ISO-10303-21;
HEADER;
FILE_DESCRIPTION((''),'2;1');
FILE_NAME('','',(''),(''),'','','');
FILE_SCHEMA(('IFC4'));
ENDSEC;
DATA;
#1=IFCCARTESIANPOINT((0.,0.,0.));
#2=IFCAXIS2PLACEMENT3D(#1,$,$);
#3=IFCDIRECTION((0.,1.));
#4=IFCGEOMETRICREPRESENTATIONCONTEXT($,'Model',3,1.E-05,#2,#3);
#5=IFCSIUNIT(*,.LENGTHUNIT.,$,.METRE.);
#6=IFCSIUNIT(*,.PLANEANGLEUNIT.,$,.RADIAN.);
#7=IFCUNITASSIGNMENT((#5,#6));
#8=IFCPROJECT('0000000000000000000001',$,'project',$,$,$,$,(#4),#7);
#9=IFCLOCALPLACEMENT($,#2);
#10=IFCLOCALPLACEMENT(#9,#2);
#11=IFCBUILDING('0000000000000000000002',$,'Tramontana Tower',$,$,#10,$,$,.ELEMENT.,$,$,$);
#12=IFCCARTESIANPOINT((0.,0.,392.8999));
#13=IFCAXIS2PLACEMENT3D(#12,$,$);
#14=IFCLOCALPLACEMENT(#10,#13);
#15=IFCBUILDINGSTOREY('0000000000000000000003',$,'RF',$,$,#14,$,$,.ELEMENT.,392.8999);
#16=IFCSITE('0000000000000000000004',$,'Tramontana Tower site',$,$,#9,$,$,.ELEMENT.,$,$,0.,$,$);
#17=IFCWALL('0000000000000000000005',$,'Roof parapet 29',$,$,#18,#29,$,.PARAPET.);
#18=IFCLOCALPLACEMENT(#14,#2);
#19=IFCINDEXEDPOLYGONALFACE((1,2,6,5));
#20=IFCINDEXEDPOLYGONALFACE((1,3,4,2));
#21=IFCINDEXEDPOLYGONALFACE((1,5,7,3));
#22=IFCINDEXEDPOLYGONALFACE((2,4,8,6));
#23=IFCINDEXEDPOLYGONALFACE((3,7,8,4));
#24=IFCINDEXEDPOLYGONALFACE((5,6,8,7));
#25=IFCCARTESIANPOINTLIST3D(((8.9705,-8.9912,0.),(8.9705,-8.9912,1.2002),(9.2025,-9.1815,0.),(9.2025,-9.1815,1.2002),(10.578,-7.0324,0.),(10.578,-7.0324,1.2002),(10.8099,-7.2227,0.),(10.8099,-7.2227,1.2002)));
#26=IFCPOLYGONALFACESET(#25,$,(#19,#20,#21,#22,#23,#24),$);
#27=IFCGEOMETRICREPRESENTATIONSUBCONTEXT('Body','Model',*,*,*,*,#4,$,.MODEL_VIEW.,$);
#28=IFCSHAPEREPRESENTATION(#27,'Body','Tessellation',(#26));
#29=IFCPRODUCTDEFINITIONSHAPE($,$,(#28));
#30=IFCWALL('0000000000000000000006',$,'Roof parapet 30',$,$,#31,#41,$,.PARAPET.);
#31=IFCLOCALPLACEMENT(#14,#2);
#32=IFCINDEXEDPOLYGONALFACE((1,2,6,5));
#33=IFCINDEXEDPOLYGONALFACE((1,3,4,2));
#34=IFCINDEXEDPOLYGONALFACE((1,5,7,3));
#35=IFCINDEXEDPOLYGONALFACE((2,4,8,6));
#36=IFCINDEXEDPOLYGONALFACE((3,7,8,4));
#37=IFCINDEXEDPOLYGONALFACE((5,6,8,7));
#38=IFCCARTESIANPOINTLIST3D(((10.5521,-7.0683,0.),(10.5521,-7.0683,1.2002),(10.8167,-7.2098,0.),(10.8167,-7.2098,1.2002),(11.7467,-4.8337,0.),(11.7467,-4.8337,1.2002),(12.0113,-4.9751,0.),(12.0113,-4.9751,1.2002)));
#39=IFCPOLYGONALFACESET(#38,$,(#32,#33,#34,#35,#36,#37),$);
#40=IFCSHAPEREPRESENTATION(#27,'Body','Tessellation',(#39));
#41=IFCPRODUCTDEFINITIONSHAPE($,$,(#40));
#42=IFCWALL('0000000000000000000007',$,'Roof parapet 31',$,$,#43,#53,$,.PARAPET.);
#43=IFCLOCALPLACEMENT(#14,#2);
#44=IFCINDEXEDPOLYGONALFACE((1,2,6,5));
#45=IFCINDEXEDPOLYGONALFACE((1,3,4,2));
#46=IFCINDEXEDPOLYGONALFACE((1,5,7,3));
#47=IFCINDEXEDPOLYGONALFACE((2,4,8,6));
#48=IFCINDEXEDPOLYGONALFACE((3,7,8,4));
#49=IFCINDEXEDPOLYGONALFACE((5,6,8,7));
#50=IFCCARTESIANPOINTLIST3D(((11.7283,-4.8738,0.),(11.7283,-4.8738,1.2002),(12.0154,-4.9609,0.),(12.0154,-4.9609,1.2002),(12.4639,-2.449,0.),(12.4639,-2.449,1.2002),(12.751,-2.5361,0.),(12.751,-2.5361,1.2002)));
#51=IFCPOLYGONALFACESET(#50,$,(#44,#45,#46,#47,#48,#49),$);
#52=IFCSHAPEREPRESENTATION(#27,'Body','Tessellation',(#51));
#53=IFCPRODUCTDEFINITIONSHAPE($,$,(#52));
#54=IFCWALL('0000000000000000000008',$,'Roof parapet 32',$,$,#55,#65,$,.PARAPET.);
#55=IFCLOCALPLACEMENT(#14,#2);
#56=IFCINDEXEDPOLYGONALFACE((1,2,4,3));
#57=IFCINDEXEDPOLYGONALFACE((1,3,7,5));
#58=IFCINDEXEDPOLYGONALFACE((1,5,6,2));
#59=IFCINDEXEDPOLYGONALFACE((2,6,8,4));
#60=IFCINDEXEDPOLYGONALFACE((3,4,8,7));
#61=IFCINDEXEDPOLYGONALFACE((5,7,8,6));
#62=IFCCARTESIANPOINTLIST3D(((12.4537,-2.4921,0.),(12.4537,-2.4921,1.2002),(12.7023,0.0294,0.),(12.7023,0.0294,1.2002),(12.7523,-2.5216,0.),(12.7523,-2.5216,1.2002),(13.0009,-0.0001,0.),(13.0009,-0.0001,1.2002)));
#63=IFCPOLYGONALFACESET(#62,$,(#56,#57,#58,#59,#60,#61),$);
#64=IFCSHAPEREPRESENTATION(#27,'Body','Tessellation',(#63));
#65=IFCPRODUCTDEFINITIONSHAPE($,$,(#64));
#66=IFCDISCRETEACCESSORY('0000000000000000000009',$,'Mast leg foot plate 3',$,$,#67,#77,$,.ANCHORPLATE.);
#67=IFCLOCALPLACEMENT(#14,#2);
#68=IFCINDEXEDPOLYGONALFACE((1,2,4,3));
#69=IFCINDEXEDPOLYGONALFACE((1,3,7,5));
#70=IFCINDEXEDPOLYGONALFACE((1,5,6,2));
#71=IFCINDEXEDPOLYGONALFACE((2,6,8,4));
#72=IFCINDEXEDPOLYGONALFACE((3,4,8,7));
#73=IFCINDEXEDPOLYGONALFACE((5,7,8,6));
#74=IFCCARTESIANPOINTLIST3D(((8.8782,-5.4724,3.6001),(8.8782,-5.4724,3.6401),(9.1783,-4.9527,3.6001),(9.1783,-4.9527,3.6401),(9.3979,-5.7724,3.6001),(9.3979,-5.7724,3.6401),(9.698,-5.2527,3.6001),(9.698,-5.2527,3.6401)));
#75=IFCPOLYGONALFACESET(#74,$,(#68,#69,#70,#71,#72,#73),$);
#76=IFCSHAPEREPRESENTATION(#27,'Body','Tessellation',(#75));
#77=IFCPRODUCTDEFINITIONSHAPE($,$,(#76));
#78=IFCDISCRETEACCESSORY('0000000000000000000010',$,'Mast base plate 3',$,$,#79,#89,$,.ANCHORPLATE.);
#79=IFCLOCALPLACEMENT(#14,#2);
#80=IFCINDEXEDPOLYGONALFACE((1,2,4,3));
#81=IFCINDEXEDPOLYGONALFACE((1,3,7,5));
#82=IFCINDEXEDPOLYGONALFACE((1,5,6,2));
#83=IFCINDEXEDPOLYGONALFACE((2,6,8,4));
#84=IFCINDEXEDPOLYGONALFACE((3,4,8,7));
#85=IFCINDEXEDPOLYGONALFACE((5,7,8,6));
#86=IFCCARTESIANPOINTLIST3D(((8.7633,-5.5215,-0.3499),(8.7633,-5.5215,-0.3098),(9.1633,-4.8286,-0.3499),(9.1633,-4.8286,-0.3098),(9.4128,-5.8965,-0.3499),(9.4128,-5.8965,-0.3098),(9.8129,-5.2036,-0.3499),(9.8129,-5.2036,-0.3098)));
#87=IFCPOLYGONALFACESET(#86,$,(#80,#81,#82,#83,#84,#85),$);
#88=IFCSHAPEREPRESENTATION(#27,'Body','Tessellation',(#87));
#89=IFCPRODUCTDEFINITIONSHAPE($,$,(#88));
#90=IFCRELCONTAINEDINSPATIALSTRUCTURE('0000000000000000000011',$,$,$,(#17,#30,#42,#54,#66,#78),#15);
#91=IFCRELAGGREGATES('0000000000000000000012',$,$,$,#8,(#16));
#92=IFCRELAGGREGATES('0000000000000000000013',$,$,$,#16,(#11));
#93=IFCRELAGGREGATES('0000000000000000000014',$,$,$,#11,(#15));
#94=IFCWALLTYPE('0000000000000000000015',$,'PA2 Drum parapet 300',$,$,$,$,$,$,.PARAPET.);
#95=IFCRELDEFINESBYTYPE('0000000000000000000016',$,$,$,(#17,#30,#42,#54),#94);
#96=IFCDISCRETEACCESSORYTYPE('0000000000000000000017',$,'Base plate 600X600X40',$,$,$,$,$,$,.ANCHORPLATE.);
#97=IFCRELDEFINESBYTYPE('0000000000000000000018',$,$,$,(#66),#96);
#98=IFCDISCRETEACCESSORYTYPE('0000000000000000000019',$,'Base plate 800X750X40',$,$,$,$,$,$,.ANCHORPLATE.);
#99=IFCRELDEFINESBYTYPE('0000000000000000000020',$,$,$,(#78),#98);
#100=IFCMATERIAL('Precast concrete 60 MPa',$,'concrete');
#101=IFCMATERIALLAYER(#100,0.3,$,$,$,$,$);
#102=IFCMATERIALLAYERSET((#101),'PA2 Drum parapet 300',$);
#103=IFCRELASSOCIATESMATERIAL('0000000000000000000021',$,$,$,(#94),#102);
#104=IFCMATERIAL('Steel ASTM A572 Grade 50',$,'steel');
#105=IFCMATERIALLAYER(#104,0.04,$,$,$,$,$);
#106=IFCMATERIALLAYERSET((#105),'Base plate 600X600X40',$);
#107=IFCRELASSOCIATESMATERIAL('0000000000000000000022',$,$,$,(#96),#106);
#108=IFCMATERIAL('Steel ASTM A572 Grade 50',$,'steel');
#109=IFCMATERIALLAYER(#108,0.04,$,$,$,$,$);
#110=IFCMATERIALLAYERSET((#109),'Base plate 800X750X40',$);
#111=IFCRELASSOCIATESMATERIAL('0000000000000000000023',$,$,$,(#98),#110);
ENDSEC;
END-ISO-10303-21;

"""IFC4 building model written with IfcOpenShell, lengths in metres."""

from ifc_helpers import new_model, si_unit, direction, frame, frame_2d, origin, origin_2d, place, context, subcontext, project, spatial, rectangle, extrude, material, layer, layer_set, type_object, element, save


model = new_model("IFC4")

# Units and contexts
model_context = context("Model", 3, precision=1e-05, world=origin(), true_north=direction((0.0, 1.0)))
body_context = subcontext(model_context, "Body", "Model", "MODEL_VIEW")
ifc_project = project(units=[si_unit("LENGTHUNIT", "METRE"), si_unit("PLANEANGLEUNIT", "RADIAN")], contexts=[model_context])

# Site, building, storey
site_placement = place(None, origin())
site = spatial("IfcSite", under=ifc_project, at=site_placement, Name="Tramontana Tower site", CompositionType="ELEMENT", RefElevation=0.0)
building_placement = place(site_placement, origin())
building = spatial("IfcBuilding", under=site, at=building_placement, Name="Tramontana Tower", CompositionType="ELEMENT")
storey_placement = place(building_placement, frame((0.0, 0.0, 392.8999)))
storey = spatial("IfcBuildingStorey", under=building, at=storey_placement, Name="RF", CompositionType="ELEMENT", Elevation=392.8999)

# Walls
ifc_material_1 = material(Name="Precast concrete 60 MPa", Category="concrete")
ifc_layer_1 = layer(ifc_material_1, 0.3)
ifc_layer_set_1 = layer_set([ifc_layer_1], Name="PA2 Drum parapet 300")
wall_type_1 = type_object("IfcWallType", Name="PA2 Drum parapet 300", PredefinedType="PARAPET", material=ifc_layer_set_1)
for number, where, z_axis, x_axis, name in (
    (1, (9.0864, -9.0864, 0.0), (0.0, 0.0, 1.0), (0.634376, 0.773025, 0.0), "Roof parapet 29"),
    (2, (10.6843, -7.1392, 0.0), (0.0, 0.0, 1.0), (0.471443, 0.881896, 0.0), "Roof parapet 30"),
    (3, (11.8718, -4.9175, 0.0), (0.0, 0.0, 1.0), (0.290299, 0.956936, 0.0), "Roof parapet 31"),
):
    element("IfcWall", number, at=place(storey_placement, frame(where, z_axis=z_axis, x_axis=x_axis)), inside=storey, type_object=wall_type_1, Name=name, PredefinedType="PARAPET", context=body_context, shape_type="SweptSolid", body=[
        extrude(rectangle(XDim=2.5339, YDim=0.3, at=frame_2d((1.2671, 0.0))), origin(), (0.0, 0.0, 1.0), 1.2002),
    ])
wall_1_placement = place(storey_placement, frame((12.603, -2.5068, 0.0), z_axis=(0.0, 0.0, 1.0), x_axis=(0.098092, 0.995177, 0.0)))
element("IfcWall", 4, at=wall_1_placement, inside=storey, type_object=wall_type_1, Name="Roof parapet 32", PredefinedType="PARAPET", context=body_context, shape_type="SweptSolid", body=[
    extrude(rectangle(XDim=2.5337, YDim=0.3, at=frame_2d((1.2668, 0.0))), origin(), (0.0, 0.0, 1.0), 1.2002),
])

# Discrete accessories
ifc_material_2 = material(Name="Steel ASTM A572 Grade 50", Category="steel")
ifc_layer_2 = layer(ifc_material_2, 0.04)
ifc_layer_set_2 = layer_set([ifc_layer_2], Name="Base plate 600X600X40")
discrete_accessory_type_1 = type_object("IfcDiscreteAccessoryType", Name="Base plate 600X600X40", PredefinedType="ANCHORPLATE", material=ifc_layer_set_2)
discrete_accessory_1_placement = place(storey_placement, frame((9.2881, -5.3625, 3.6001), z_axis=(0.0, 0.0, 1.0), x_axis=(0.866025, -0.5, 0.0)))
element("IfcDiscreteAccessory", 5, at=discrete_accessory_1_placement, inside=storey, type_object=discrete_accessory_type_1, Name="Mast leg foot plate 3", PredefinedType="ANCHORPLATE", context=body_context, shape_type="SweptSolid", body=[
    extrude(rectangle(XDim=0.6001, YDim=0.6001, at=origin_2d()), origin(), (0.0, 0.0, 1.0), 0.04),
])
ifc_material_3 = material(Name="Steel ASTM A572 Grade 50", Category="steel")
ifc_layer_3 = layer(ifc_material_3, 0.04)
ifc_layer_set_3 = layer_set([ifc_layer_3], Name="Base plate 800X750X40")
discrete_accessory_type_2 = type_object("IfcDiscreteAccessoryType", Name="Base plate 800X750X40", PredefinedType="ANCHORPLATE", material=ifc_layer_set_3)
discrete_accessory_2_placement = place(storey_placement, frame((9.2881, -5.3625, -0.3499), z_axis=(0.0, 0.0, 1.0), x_axis=(0.5, 0.866025, 0.0)))
element("IfcDiscreteAccessory", 6, at=discrete_accessory_2_placement, inside=storey, type_object=discrete_accessory_type_2, Name="Mast base plate 3", PredefinedType="ANCHORPLATE", context=body_context, shape_type="SweptSolid", body=[
    extrude(rectangle(XDim=0.8, YDim=0.75, at=origin_2d()), origin(), (0.0, 0.0, 1.0), 0.04),
])

save(model, "model.ifc")
